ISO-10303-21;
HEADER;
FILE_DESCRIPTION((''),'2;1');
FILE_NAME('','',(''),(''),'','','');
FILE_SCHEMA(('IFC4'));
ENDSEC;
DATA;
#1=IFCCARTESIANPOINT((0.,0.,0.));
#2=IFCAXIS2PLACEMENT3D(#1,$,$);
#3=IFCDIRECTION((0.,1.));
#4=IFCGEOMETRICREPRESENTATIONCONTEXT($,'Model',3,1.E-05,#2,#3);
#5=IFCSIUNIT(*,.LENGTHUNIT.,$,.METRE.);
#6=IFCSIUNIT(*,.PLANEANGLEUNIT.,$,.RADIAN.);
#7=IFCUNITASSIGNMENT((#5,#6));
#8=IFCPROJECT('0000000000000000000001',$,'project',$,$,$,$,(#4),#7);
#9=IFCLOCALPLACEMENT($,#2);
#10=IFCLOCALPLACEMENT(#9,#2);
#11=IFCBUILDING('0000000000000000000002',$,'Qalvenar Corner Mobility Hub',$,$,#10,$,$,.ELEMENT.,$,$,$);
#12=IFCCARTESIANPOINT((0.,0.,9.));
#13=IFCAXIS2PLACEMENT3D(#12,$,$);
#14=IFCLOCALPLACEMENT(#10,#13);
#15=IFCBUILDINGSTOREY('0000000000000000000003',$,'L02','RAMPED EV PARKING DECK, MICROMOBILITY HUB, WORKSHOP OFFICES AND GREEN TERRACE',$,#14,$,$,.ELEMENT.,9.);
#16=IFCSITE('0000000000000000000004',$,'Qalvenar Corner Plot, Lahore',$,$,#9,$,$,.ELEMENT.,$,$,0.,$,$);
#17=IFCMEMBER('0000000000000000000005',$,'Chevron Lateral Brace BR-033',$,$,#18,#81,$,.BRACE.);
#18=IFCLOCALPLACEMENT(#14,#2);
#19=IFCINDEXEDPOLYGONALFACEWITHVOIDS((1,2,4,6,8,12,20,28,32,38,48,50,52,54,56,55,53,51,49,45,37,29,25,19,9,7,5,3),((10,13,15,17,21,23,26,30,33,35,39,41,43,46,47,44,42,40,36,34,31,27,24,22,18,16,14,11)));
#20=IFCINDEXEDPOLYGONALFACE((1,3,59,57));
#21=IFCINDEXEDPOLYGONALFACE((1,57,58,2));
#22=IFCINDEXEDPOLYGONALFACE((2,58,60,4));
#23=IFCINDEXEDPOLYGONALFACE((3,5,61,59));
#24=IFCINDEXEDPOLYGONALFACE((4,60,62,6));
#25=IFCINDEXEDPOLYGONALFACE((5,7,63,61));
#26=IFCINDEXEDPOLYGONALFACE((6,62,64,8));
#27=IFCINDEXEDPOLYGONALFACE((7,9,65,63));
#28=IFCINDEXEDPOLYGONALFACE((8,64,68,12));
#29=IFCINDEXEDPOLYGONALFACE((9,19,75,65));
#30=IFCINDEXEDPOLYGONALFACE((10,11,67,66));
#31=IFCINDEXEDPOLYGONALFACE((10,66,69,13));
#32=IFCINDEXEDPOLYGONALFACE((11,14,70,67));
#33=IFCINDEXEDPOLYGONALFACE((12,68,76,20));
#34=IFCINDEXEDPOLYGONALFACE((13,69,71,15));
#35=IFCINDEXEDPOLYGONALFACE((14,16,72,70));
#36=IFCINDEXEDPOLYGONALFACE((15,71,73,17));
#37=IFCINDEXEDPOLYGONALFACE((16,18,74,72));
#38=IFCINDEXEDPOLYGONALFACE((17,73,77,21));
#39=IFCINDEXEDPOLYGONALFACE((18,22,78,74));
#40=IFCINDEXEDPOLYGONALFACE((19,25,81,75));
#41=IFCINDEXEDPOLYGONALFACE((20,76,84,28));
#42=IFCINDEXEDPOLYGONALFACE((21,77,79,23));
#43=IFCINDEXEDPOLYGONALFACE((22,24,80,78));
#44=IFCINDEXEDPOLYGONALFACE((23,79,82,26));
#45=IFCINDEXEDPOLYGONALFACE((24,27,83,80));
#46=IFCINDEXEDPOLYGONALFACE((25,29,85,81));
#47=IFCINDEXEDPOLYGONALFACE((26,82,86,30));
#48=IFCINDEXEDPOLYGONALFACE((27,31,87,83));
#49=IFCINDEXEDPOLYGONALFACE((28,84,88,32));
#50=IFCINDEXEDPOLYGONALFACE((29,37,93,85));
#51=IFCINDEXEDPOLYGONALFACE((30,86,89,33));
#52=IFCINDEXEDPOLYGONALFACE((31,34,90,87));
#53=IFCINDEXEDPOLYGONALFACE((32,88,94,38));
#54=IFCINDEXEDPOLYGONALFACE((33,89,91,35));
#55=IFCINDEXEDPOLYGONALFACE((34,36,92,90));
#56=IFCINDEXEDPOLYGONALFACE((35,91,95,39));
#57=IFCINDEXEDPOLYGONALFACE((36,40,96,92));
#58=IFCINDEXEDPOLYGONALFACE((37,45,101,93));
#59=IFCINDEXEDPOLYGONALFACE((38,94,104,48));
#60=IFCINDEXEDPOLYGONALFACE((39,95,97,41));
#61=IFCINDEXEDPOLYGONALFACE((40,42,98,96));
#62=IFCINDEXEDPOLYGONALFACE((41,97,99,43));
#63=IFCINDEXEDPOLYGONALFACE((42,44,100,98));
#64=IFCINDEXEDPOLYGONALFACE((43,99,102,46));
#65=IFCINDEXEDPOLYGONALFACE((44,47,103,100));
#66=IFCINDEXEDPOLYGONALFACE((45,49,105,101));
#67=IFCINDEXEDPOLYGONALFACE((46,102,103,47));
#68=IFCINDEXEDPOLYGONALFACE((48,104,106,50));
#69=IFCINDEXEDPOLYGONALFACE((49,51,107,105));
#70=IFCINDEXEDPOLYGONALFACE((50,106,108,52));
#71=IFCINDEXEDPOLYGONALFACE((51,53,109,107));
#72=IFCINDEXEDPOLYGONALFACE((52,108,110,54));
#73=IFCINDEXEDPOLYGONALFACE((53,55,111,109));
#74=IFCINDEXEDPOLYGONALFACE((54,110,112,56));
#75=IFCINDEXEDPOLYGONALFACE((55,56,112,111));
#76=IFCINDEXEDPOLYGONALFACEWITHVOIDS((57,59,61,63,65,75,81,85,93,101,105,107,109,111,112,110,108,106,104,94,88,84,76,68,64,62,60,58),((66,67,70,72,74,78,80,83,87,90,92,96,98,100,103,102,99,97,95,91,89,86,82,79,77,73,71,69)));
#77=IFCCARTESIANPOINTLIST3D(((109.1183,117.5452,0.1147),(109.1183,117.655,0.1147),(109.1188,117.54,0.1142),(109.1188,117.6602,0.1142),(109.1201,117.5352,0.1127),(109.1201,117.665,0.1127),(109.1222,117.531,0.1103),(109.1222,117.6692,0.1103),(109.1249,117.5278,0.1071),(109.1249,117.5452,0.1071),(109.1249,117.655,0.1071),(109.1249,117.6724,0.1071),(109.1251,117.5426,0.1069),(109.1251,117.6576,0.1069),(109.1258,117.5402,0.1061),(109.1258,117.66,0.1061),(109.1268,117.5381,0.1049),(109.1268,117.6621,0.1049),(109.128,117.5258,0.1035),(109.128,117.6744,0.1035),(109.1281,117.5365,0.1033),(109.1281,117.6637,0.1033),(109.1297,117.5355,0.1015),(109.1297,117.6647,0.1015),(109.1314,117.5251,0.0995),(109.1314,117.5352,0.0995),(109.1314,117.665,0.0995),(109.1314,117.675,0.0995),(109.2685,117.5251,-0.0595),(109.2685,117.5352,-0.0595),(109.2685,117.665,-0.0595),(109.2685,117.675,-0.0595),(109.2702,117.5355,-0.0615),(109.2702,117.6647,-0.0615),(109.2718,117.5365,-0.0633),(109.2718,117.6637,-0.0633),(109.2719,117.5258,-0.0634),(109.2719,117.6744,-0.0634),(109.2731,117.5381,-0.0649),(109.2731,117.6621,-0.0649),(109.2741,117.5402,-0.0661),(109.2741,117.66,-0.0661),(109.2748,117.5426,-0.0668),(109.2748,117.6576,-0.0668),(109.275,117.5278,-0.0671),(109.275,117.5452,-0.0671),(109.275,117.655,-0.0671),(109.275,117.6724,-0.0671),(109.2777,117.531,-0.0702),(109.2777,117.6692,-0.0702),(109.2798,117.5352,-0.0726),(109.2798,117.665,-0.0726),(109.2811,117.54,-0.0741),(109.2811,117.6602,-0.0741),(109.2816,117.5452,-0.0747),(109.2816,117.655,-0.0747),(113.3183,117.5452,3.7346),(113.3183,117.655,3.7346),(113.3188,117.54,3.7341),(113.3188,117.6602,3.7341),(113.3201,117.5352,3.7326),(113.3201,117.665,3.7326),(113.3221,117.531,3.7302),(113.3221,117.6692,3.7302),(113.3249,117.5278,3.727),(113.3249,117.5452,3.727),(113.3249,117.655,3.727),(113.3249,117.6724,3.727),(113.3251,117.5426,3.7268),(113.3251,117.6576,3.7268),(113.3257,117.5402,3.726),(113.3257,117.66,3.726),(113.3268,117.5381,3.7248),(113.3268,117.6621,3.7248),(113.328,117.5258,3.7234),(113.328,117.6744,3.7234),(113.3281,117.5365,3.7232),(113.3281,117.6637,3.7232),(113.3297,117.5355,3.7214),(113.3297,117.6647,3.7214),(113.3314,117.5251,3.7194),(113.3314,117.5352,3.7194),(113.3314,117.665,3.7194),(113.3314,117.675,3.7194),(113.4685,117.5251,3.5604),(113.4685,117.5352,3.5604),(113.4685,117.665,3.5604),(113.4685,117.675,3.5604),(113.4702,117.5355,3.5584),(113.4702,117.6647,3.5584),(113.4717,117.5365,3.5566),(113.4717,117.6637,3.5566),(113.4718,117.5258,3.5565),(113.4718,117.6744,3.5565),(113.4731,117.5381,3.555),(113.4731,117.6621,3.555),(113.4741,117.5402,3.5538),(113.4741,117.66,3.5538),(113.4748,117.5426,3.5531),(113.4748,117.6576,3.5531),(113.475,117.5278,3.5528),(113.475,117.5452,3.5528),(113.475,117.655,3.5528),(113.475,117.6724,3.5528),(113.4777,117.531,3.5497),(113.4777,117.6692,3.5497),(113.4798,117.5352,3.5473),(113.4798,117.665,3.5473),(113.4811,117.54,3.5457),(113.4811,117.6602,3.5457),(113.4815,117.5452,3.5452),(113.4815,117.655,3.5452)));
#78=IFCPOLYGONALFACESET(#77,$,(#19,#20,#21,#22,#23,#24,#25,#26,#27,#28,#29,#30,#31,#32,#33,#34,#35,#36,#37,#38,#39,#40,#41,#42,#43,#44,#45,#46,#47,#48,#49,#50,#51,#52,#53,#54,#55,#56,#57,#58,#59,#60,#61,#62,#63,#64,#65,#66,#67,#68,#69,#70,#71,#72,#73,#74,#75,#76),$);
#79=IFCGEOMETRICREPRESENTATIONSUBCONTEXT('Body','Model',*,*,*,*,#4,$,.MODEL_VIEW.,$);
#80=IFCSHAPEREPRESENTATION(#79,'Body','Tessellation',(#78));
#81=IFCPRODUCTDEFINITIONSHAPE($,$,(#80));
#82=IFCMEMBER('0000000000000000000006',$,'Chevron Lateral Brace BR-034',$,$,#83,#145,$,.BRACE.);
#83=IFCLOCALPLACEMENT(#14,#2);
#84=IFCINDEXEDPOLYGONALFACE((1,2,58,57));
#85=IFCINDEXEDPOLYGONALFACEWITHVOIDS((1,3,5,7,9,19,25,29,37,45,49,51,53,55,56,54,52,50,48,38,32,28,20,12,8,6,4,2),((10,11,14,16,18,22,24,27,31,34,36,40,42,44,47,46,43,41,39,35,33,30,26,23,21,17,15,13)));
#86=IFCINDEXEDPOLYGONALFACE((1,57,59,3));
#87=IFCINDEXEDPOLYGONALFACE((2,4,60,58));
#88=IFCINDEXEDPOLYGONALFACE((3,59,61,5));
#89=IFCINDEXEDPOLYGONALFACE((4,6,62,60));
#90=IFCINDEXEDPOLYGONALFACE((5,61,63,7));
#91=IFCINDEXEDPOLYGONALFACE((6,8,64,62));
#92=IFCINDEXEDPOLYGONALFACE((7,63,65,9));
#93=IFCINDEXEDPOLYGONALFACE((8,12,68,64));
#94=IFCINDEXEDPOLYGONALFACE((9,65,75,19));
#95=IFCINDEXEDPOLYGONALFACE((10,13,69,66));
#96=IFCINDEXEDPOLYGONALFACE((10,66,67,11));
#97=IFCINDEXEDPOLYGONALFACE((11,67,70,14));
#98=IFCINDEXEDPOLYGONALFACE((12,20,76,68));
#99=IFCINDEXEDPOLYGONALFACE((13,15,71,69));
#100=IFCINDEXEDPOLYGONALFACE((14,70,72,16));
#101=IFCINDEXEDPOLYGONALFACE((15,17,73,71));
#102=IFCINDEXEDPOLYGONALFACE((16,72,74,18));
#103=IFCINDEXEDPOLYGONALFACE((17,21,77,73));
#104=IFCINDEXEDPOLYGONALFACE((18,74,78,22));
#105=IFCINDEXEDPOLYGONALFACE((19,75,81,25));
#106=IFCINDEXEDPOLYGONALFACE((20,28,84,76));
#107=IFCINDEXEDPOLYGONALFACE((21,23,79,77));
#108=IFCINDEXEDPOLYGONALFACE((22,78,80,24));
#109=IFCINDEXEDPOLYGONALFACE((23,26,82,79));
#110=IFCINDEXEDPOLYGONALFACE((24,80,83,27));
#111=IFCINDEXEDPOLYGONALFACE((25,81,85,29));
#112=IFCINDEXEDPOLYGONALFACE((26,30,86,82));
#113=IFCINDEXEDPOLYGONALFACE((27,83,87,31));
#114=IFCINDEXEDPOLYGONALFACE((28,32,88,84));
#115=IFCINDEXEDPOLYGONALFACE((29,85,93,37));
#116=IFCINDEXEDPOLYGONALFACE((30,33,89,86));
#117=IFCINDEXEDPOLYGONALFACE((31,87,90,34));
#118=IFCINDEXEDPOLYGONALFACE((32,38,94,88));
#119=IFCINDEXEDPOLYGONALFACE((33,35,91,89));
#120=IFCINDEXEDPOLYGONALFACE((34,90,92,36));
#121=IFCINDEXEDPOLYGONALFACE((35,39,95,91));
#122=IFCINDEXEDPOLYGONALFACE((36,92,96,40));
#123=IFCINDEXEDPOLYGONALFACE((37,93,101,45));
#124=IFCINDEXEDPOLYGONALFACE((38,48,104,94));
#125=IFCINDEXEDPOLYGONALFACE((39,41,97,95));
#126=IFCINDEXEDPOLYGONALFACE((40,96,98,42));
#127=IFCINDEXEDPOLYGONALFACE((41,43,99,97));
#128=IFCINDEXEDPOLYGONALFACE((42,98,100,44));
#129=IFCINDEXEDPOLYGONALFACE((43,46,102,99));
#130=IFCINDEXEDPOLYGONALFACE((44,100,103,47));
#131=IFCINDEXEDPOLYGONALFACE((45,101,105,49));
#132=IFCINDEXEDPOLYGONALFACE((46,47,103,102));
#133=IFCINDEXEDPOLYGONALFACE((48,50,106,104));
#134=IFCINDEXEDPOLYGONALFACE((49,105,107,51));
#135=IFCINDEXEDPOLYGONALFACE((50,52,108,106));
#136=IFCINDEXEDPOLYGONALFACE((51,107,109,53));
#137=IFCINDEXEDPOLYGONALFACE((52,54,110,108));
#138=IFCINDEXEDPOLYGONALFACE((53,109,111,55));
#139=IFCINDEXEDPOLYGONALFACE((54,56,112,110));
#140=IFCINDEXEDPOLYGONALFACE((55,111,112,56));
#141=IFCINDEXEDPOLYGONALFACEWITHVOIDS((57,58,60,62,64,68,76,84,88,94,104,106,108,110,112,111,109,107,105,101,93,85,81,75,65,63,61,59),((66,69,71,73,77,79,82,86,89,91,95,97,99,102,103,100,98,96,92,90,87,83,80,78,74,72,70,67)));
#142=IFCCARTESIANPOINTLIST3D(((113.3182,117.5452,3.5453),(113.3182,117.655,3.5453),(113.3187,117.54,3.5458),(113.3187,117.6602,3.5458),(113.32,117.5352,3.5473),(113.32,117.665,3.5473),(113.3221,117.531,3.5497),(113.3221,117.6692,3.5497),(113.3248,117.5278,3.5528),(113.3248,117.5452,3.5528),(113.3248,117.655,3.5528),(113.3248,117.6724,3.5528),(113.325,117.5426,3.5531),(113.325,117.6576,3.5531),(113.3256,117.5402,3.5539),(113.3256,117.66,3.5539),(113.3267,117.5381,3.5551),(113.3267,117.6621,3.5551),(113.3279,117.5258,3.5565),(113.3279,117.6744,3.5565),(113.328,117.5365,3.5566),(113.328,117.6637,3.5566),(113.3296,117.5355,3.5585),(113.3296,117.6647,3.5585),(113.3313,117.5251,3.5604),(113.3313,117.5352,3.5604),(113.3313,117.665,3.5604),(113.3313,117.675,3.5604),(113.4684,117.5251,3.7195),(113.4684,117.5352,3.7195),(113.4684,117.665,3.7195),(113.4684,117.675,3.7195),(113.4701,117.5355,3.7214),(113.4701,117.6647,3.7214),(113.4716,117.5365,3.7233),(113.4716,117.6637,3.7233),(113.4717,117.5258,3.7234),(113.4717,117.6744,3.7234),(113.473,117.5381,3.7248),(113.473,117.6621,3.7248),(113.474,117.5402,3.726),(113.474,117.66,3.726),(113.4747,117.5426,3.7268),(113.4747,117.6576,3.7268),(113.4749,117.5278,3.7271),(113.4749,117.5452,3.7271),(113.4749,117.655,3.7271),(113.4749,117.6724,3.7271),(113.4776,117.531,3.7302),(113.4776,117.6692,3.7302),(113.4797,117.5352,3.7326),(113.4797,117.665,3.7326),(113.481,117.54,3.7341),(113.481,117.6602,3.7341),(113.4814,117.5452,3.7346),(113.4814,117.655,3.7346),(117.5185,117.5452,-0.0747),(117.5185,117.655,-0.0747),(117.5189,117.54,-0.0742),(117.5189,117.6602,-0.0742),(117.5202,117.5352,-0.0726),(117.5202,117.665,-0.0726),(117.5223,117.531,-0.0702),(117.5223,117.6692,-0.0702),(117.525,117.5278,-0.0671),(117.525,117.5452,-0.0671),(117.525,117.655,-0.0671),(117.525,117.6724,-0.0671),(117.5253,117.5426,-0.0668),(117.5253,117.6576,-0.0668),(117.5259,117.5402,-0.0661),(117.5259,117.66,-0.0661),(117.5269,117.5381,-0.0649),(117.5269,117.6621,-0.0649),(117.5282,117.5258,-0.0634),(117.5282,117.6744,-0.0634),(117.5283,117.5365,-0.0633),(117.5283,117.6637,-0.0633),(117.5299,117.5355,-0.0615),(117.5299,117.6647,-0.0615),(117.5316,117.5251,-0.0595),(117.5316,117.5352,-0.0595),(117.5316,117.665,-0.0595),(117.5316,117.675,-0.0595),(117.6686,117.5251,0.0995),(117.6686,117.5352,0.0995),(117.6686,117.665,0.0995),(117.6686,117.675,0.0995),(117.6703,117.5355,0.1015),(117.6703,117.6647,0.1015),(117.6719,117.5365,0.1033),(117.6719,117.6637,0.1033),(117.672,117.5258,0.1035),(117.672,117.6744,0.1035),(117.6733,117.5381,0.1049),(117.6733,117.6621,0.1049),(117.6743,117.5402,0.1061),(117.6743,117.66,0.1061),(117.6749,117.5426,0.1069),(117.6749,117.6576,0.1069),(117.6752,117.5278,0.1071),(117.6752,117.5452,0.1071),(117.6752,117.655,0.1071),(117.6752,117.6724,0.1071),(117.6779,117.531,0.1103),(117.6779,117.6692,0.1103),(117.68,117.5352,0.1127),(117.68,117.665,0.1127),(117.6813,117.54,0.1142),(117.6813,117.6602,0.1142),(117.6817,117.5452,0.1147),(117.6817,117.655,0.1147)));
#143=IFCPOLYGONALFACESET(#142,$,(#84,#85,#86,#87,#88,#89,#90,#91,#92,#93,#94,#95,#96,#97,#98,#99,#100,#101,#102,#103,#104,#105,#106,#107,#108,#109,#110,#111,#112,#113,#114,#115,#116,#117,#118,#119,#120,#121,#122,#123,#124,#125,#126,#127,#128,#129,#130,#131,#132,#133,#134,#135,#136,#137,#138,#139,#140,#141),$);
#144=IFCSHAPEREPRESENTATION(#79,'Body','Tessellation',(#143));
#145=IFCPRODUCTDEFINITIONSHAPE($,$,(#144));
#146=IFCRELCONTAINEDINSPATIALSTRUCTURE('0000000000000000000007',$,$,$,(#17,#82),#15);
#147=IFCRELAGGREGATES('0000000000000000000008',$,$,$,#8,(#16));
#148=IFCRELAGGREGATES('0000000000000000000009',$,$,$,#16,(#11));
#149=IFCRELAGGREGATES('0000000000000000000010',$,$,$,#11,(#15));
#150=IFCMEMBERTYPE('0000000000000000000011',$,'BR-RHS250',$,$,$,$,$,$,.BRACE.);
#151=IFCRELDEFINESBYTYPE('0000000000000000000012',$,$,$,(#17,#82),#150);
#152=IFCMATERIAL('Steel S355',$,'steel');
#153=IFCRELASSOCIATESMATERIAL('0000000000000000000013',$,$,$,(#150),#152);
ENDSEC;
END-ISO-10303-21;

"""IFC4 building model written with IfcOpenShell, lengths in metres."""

from ifc_helpers import new_model, si_unit, direction, frame, origin, origin_2d, place, context, subcontext, project, spatial, hollow_rectangle, extrude, material, material_profile, profile_set, type_object, element, save


model = new_model("IFC4")

# Units and contexts
model_context = context("Model", 3, precision=1e-05, world=origin(), true_north=direction((0.0, 1.0)))
body_context = subcontext(model_context, "Body", "Model", "MODEL_VIEW")
ifc_project = project(units=[si_unit("LENGTHUNIT", "METRE"), si_unit("PLANEANGLEUNIT", "RADIAN")], contexts=[model_context])

# Site, building, storey
site_placement = place(None, origin())
site = spatial("IfcSite", under=ifc_project, at=site_placement, Name="Qalvenar Corner Plot, Lahore", CompositionType="ELEMENT", RefElevation=0.0)
building_placement = place(site_placement, origin())
building = spatial("IfcBuilding", under=site, at=building_placement, Name="Qalvenar Corner Mobility Hub", CompositionType="ELEMENT")
storey_placement = place(building_placement, frame((0.0, 0.0, 9.0)))
storey = spatial("IfcBuildingStorey", under=building, at=storey_placement, Name="L02", Description="RAMPED EV PARKING DECK, MICROMOBILITY HUB, WORKSHOP OFFICES AND GREEN TERRACE", CompositionType="ELEMENT", Elevation=9.0)

# Shared definitions
ifc_material = material(Name="Steel S355", Category="steel")

# Members
ifc_material_profile_1 = material_profile(ifc_material, hollow_rectangle(XDim=0.1499, YDim=0.25, WallThickness=0.01, InnerFilletRadius=0.01, OuterFilletRadius=0.02, at=origin_2d()), Name="RHS250x150x10")
ifc_profile_set_1 = profile_set([ifc_material_profile_1], Name="Steel S355")
member_type = type_object("IfcMemberType", Name="BR-RHS250", PredefinedType="BRACE", material=ifc_profile_set_1)
member_1_placement = place(storey_placement, frame((109.2, 117.6001, 0.02), z_axis=(0.757479, 0.0, 0.652859), x_axis=(0.0, 1.0, 0.0)))
element("IfcMember", 1, at=member_1_placement, inside=storey, type_object=member_type, Name="Chevron Lateral Brace BR-033", PredefinedType="BRACE", context=body_context, shape_type="SweptSolid", body=[
    extrude(hollow_rectangle(XDim=0.1499, YDim=0.25, WallThickness=0.01, InnerFilletRadius=0.01, OuterFilletRadius=0.02, at=origin_2d()), origin(), (0.0, 0.0, 1.0), 5.5447),
])
member_2_placement = place(storey_placement, frame((117.6001, 117.6001, 0.02), z_axis=(-0.757498, 0.0, 0.652838), x_axis=(0.0, -1.0, 0.0)))
element("IfcMember", 2, at=member_2_placement, inside=storey, type_object=member_type, Name="Chevron Lateral Brace BR-034", PredefinedType="BRACE", context=body_context, shape_type="SweptSolid", body=[
    extrude(hollow_rectangle(XDim=0.1499, YDim=0.25, WallThickness=0.01, InnerFilletRadius=0.01, OuterFilletRadius=0.02, at=origin_2d()), origin(), (0.0, 0.0, 1.0), 5.5449),
])

save(model, "model.ifc")
